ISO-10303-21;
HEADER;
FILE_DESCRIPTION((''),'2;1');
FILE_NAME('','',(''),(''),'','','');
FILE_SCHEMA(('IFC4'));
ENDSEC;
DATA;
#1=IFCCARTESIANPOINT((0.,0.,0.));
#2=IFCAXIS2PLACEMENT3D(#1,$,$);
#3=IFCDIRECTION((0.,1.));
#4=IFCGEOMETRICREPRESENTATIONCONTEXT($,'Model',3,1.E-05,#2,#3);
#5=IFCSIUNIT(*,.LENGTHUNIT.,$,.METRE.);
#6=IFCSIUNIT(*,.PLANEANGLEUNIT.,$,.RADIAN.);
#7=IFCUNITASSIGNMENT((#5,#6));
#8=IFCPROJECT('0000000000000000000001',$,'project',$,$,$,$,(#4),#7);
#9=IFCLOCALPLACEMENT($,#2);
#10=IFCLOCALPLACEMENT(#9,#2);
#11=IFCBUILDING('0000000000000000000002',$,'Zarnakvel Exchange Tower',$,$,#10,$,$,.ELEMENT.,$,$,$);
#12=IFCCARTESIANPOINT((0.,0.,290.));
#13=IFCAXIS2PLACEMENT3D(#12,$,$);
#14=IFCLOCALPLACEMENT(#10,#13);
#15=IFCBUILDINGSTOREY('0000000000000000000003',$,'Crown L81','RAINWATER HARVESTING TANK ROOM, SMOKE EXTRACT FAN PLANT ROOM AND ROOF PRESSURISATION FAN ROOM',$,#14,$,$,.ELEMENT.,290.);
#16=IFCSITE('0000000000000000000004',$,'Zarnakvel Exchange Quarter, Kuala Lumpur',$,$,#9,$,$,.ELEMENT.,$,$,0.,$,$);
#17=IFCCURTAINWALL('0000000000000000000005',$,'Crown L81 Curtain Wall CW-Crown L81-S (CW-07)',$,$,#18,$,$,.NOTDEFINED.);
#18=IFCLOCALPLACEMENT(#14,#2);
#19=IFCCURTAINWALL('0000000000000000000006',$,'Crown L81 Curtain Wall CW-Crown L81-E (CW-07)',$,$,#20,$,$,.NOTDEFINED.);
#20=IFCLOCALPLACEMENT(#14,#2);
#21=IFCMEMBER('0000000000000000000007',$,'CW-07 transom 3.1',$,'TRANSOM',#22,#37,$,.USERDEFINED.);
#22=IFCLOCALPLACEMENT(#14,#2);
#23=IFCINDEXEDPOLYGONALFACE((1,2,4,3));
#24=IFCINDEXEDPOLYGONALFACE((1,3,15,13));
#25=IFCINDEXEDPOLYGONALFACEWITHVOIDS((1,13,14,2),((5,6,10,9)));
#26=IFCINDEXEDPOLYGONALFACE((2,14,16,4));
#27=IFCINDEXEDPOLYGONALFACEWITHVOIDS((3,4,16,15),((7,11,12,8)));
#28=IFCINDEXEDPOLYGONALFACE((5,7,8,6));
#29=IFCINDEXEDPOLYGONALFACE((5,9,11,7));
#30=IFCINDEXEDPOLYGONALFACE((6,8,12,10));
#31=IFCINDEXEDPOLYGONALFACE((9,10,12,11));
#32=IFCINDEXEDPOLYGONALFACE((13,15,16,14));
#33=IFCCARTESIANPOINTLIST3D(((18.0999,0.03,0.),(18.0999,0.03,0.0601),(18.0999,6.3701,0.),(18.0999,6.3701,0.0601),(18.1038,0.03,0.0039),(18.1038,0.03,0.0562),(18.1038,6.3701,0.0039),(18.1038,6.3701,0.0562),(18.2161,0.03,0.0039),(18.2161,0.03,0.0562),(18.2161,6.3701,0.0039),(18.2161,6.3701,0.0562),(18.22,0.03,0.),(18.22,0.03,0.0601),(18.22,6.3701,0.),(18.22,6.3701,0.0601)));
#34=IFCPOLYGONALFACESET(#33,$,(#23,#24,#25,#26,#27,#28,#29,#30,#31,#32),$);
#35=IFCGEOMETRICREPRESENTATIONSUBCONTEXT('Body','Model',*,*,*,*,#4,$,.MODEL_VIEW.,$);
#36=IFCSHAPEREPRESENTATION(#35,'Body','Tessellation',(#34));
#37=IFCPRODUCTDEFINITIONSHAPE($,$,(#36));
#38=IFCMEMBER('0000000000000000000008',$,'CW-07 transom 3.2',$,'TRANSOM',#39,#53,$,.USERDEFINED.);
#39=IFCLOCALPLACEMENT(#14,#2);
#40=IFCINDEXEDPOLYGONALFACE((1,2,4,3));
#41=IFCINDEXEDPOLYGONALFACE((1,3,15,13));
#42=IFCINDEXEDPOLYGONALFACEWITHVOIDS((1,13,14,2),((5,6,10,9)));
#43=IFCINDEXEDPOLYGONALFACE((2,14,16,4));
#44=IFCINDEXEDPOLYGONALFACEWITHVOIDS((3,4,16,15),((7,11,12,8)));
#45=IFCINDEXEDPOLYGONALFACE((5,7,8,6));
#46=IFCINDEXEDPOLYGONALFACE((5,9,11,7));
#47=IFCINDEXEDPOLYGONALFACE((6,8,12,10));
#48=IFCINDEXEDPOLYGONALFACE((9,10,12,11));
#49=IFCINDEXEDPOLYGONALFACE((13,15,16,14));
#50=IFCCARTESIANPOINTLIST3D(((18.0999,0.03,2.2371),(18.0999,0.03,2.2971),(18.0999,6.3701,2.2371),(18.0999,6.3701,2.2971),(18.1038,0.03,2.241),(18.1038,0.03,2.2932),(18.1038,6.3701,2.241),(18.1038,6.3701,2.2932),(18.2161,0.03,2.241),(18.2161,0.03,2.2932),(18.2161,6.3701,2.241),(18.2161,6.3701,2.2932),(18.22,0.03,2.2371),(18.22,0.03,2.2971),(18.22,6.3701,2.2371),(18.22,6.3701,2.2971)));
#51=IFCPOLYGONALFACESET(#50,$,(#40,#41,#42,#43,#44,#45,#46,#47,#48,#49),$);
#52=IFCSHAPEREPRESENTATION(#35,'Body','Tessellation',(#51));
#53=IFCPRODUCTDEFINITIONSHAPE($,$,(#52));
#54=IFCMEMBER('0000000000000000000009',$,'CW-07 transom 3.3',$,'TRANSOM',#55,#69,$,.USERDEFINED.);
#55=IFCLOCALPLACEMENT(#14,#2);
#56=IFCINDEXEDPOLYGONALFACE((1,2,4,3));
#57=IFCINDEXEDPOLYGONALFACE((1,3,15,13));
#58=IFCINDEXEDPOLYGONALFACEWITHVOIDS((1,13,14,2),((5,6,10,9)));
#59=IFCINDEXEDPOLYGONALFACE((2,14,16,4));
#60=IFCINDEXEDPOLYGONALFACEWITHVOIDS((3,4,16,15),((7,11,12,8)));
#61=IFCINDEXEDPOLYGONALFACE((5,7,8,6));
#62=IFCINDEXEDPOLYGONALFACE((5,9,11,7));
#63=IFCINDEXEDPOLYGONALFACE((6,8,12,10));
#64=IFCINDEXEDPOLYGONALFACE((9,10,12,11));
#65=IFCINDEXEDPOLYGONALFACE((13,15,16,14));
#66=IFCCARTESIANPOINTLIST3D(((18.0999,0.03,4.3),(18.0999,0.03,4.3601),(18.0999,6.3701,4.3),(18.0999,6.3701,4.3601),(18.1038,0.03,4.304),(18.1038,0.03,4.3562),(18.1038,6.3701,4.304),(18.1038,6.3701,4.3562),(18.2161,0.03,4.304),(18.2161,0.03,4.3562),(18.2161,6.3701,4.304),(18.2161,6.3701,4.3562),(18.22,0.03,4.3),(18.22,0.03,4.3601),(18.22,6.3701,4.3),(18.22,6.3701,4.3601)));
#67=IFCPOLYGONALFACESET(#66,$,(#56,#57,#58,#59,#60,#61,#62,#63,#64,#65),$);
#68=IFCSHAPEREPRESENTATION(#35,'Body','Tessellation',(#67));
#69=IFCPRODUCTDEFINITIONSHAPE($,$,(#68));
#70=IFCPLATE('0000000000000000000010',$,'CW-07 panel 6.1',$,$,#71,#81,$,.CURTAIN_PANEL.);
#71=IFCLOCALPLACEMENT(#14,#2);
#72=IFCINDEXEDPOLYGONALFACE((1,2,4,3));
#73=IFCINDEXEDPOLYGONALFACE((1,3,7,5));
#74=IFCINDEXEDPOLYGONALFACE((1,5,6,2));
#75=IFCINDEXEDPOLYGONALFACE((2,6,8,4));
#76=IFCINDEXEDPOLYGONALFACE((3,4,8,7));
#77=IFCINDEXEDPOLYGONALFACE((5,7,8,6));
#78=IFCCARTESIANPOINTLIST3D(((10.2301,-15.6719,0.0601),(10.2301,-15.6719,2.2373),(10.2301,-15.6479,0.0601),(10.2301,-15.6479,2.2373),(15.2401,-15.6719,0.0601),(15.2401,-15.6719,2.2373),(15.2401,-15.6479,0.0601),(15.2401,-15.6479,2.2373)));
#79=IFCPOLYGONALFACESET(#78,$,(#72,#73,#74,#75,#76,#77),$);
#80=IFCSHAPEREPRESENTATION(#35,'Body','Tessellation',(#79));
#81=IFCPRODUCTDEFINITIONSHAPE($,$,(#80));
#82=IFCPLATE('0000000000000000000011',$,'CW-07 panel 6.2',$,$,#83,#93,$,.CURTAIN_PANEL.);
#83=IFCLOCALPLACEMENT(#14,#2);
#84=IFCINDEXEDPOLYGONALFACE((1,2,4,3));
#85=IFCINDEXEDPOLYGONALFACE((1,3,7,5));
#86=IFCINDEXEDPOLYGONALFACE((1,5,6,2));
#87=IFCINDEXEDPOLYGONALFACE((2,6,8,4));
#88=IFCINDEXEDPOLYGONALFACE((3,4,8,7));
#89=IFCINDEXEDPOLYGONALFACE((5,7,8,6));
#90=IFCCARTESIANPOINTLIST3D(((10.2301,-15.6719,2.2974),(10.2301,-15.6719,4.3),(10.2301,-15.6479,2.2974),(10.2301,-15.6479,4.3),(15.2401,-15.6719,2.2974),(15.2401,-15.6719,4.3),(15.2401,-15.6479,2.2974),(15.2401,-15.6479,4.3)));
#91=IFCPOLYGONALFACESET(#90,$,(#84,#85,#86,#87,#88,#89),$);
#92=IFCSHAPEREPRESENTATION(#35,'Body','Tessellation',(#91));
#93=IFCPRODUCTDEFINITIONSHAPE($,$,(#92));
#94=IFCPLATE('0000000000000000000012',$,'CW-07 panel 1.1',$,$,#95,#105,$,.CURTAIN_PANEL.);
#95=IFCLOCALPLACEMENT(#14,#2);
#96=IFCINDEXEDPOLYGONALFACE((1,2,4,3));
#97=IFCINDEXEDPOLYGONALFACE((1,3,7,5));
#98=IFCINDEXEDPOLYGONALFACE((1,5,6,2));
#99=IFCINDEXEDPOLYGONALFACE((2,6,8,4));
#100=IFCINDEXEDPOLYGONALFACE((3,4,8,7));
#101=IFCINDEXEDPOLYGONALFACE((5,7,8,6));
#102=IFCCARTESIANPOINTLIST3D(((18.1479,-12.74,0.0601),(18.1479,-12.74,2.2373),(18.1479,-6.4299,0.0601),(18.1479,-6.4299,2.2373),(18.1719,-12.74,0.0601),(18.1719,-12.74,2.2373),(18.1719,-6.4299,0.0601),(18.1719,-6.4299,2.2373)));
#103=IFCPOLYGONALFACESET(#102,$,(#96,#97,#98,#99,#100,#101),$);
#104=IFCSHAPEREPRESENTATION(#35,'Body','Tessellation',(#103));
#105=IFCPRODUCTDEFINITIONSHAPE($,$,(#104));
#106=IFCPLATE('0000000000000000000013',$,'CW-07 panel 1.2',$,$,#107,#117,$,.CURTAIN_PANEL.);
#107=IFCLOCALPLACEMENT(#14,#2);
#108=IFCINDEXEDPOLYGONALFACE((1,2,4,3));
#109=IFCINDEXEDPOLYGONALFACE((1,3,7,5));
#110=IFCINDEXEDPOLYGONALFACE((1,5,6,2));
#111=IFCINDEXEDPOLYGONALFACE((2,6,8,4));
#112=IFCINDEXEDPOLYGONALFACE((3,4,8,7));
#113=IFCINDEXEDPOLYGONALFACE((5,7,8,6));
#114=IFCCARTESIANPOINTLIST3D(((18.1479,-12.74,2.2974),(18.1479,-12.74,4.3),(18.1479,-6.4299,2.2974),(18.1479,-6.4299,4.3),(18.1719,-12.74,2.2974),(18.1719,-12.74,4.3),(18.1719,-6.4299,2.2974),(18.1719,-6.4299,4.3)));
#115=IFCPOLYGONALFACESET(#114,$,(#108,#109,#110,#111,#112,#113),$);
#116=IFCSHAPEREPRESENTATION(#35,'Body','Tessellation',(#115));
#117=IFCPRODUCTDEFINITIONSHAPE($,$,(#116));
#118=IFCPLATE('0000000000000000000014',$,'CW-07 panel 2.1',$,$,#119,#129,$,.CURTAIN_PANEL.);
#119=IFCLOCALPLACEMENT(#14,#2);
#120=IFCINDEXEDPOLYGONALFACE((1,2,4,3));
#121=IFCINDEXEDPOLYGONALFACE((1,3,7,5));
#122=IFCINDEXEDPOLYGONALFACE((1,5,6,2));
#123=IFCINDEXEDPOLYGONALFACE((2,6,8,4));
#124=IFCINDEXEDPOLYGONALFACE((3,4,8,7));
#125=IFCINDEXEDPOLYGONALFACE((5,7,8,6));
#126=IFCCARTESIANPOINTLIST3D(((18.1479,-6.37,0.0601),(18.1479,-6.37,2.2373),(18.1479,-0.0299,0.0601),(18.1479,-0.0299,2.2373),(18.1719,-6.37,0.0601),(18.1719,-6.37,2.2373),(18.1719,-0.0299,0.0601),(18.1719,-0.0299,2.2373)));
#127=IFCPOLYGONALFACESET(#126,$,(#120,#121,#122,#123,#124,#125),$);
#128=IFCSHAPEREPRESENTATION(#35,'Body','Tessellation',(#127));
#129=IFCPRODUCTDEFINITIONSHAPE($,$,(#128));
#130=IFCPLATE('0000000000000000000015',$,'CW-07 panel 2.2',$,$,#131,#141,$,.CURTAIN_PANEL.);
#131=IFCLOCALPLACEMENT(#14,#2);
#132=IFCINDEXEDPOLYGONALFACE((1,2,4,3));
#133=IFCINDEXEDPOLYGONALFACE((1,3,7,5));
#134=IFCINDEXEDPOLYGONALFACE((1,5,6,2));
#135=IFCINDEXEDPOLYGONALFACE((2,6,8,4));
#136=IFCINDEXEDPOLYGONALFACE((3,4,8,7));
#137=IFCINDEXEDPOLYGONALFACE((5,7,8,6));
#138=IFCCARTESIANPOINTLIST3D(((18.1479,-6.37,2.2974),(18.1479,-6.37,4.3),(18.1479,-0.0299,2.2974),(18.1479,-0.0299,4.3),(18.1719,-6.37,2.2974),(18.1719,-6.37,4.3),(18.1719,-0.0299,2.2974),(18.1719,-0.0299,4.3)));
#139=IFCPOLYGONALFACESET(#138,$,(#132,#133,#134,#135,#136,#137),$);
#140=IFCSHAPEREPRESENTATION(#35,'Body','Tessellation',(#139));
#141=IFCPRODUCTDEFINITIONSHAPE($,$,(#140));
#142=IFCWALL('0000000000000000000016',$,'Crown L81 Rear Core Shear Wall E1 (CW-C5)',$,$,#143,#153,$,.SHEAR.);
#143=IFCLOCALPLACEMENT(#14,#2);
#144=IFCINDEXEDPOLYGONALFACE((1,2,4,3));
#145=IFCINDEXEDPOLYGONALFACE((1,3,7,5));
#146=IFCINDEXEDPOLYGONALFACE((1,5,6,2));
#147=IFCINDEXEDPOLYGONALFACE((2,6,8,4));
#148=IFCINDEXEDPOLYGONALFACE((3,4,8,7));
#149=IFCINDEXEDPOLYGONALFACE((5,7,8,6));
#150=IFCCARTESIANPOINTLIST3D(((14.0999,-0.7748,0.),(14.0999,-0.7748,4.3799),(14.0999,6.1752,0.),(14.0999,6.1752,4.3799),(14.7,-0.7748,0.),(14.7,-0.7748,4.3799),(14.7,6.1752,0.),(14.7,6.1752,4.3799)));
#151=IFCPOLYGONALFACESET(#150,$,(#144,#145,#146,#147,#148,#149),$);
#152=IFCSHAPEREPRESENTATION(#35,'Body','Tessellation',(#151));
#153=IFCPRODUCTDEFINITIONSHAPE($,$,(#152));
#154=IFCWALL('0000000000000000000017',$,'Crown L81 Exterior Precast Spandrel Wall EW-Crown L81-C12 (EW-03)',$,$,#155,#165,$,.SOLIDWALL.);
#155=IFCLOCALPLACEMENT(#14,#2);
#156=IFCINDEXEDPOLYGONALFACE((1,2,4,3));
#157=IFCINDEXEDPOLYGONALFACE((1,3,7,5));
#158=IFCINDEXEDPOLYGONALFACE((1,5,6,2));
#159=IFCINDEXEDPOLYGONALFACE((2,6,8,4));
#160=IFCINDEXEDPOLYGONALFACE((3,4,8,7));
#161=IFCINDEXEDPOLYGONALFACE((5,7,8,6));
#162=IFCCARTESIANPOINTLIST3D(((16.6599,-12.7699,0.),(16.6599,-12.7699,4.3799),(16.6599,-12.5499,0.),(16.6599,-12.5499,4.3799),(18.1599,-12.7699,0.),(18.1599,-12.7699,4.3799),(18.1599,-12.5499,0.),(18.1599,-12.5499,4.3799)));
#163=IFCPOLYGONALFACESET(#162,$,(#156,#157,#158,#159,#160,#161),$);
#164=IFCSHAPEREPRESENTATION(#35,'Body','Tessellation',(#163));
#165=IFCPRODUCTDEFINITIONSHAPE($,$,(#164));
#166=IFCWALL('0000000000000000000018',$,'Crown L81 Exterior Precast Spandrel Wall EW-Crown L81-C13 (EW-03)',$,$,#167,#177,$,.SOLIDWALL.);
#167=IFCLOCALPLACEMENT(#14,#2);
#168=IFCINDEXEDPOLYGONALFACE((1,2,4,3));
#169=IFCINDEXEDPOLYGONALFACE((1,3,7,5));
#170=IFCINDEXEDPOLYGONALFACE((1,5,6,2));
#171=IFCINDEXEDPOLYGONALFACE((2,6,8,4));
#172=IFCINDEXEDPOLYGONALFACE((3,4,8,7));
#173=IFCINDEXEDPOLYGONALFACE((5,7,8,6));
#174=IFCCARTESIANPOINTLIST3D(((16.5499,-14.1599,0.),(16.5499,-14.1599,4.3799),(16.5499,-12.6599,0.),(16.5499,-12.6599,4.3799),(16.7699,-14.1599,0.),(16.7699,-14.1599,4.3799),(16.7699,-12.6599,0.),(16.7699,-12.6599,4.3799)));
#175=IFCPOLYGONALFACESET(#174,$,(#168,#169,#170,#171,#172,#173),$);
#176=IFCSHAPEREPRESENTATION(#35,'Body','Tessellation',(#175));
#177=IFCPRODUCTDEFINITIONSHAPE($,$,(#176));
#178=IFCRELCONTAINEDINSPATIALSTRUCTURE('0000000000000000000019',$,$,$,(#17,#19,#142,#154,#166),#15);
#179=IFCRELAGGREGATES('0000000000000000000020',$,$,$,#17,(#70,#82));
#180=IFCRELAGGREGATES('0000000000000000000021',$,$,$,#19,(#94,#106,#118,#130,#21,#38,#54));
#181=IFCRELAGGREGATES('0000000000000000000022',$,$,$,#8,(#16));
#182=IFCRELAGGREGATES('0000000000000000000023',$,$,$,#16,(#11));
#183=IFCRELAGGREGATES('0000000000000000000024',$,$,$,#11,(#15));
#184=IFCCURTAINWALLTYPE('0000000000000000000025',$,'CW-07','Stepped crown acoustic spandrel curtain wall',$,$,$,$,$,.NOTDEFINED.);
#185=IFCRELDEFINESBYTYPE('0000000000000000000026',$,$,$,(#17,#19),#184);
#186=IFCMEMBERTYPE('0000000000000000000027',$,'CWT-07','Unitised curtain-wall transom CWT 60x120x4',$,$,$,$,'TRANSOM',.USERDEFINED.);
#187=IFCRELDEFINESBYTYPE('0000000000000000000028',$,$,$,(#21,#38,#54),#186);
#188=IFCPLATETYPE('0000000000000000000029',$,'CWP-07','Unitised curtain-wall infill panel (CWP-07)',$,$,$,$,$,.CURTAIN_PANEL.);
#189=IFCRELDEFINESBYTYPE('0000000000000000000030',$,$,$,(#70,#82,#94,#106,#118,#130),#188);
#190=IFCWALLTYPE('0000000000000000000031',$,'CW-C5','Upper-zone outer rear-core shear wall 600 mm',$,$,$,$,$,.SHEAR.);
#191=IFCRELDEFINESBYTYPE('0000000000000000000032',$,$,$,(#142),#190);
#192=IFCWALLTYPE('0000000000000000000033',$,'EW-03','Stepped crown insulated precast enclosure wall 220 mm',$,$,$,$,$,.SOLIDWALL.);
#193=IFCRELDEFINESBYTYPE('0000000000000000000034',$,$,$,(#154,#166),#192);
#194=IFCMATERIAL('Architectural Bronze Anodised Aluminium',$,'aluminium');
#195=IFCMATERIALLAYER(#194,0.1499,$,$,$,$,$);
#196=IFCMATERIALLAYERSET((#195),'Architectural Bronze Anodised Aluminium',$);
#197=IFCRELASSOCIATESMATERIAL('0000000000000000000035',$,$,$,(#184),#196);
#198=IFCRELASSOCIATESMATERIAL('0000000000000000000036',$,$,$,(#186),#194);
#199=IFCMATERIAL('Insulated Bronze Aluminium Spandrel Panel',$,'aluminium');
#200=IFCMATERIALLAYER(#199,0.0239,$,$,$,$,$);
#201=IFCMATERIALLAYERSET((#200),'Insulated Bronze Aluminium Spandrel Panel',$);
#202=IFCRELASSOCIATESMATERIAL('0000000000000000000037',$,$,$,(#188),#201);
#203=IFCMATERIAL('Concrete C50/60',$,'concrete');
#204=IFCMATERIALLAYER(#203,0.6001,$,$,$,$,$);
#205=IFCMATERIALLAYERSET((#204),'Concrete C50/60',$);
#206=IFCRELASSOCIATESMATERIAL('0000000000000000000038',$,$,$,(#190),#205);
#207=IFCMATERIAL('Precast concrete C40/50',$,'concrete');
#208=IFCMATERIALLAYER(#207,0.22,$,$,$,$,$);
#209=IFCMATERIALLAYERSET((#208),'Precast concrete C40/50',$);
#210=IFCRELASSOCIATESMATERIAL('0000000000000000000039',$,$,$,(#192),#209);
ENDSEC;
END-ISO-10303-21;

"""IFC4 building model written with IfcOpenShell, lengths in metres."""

from ifc_helpers import new_model, si_unit, direction, frame, frame_2d, origin, origin_2d, place, context, subcontext, project, spatial, rectangle, hollow_rectangle, extrude, source, transform, mapped, material, layer, layer_set, material_profile, profile_set, type_object, element, aggregate, save


model = new_model("IFC4")

# Units and contexts
model_context = context("Model", 3, precision=1e-05, world=origin(), true_north=direction((0.0, 1.0)))
body_context = subcontext(model_context, "Body", "Model", "MODEL_VIEW")
ifc_project = project(units=[si_unit("LENGTHUNIT", "METRE"), si_unit("PLANEANGLEUNIT", "RADIAN")], contexts=[model_context])

# Site, building, storey
site_placement = place(None, origin())
site = spatial("IfcSite", under=ifc_project, at=site_placement, Name="Zarnakvel Exchange Quarter, Kuala Lumpur", CompositionType="ELEMENT", RefElevation=0.0)
building_placement = place(site_placement, origin())
building = spatial("IfcBuilding", under=site, at=building_placement, Name="Zarnakvel Exchange Tower", CompositionType="ELEMENT")
storey_placement = place(building_placement, frame((0.0, 0.0, 290.0)))
storey = spatial("IfcBuildingStorey", under=building, at=storey_placement, Name="Crown L81", Description="RAINWATER HARVESTING TANK ROOM, SMOKE EXTRACT FAN PLANT ROOM AND ROOF PRESSURISATION FAN ROOM", CompositionType="ELEMENT", Elevation=290.0)

# Shared definitions
ifc_material_1 = material(Name="Concrete C50/60", Category="concrete")

# Curtain wall
ifc_material_2 = material(Name="Architectural Bronze Anodised Aluminium", Category="aluminium")
ifc_layer_1 = layer(ifc_material_2, 0.1499)
ifc_layer_set_1 = layer_set([ifc_layer_1], Name="Architectural Bronze Anodised Aluminium")
curtain_wall_type = type_object("IfcCurtainWallType", Name="CW-07", Description="Stepped crown acoustic spandrel curtain wall", PredefinedType="NOTDEFINED", material=ifc_layer_set_1)
curtain_wall_1_placement = place(storey_placement, origin())
curtain_wall_1 = element("IfcCurtainWall", 1, at=curtain_wall_1_placement, inside=storey, type_object=curtain_wall_type, Name="Crown L81 Curtain Wall CW-Crown L81-S (CW-07)", PredefinedType="NOTDEFINED")

# Curtain wall, members
curtain_wall_2_placement = place(storey_placement, origin())
curtain_wall_2 = element("IfcCurtainWall", 2, at=curtain_wall_2_placement, inside=storey, type_object=curtain_wall_type, Name="Crown L81 Curtain Wall CW-Crown L81-E (CW-07)", PredefinedType="NOTDEFINED")
ifc_material_profile_1 = material_profile(ifc_material_2, hollow_rectangle(XDim=0.1201, YDim=0.0601, WallThickness=0.0039, at=origin_2d()))
ifc_profile_set_1 = profile_set([ifc_material_profile_1], Name="Architectural Bronze Anodised Aluminium")
member_type_1 = type_object("IfcMemberType", Name="CWT-07", Description="Unitised curtain-wall transom CWT 60x120x4", ElementType="TRANSOM", PredefinedType="USERDEFINED", material=ifc_profile_set_1)
shared_shape_1 = source(origin(), body_context, "Body", "SweptSolid", [
    extrude(hollow_rectangle(XDim=0.1201, YDim=0.0601, WallThickness=0.0039, at=origin_2d()), origin(), (0.0, 0.0, 1.0), 6.3401),
])
member_1_placement = place(storey_placement, frame((18.1599, 0.03, 0.03), z_axis=(0.0, 1.0, 0.0), x_axis=(-1.0, 0.0, 0.0)))
member_1 = element("IfcMember", 3, at=member_1_placement, type_object=member_type_1, Name="CW-07 transom 3.1", ObjectType="TRANSOM", PredefinedType="USERDEFINED", context=body_context, shape_type="MappedRepresentation", body=[
    mapped(shared_shape_1, transform((0.0, 0.0, 0.0), x_axis=(1.0, 0.0, 0.0), y_axis=(0.0, 1.0, 0.0), z_axis=(0.0, 0.0, 1.0), scale=1.0)),
])
member_2_placement = place(storey_placement, frame((18.1599, 0.03, 2.2671), z_axis=(0.0, 1.0, 0.0), x_axis=(-1.0, 0.0, 0.0)))
member_2 = element("IfcMember", 4, at=member_2_placement, type_object=member_type_1, Name="CW-07 transom 3.2", ObjectType="TRANSOM", PredefinedType="USERDEFINED", context=body_context, shape_type="MappedRepresentation", body=[
    mapped(shared_shape_1, transform((0.0, 0.0, 0.0), x_axis=(1.0, 0.0, 0.0), y_axis=(0.0, 1.0, 0.0), z_axis=(0.0, 0.0, 1.0), scale=1.0)),
])
member_3_placement = place(storey_placement, frame((18.1599, 0.03, 4.3301), z_axis=(0.0, 1.0, 0.0), x_axis=(-1.0, 0.0, 0.0)))
member_3 = element("IfcMember", 5, at=member_3_placement, type_object=member_type_1, Name="CW-07 transom 3.3", ObjectType="TRANSOM", PredefinedType="USERDEFINED", context=body_context, shape_type="MappedRepresentation", body=[
    mapped(shared_shape_1, transform((0.0, 0.0, 0.0), x_axis=(1.0, 0.0, 0.0), y_axis=(0.0, 1.0, 0.0), z_axis=(0.0, 0.0, 1.0), scale=1.0)),
])

# Plates
ifc_material_3 = material(Name="Insulated Bronze Aluminium Spandrel Panel", Category="aluminium")
ifc_layer_2 = layer(ifc_material_3, 0.0239)
ifc_layer_set_2 = layer_set([ifc_layer_2], Name="Insulated Bronze Aluminium Spandrel Panel")
plate_type = type_object("IfcPlateType", Name="CWP-07", Description="Unitised curtain-wall infill panel (CWP-07)", PredefinedType="CURTAIN_PANEL", material=ifc_layer_set_2)
shared_shape_2 = source(origin(), body_context, "Body", "SweptSolid", [
    extrude(rectangle(XDim=5.01, YDim=0.0239, at=origin_2d()), origin(), (0.0, 0.0, 1.0), 2.1772),
])
plate_1_placement = place(storey_placement, frame((12.7351, -15.6599, 0.0601), z_axis=(0.0, 0.0, 1.0), x_axis=(1.0, 0.0, 0.0)))
plate_1 = element("IfcPlate", 6, at=plate_1_placement, type_object=plate_type, Name="CW-07 panel 6.1", PredefinedType="CURTAIN_PANEL", context=body_context, shape_type="MappedRepresentation", body=[
    mapped(shared_shape_2, transform((0.0, 0.0, 0.0), x_axis=(1.0, 0.0, 0.0), y_axis=(0.0, 1.0, 0.0), z_axis=(0.0, 0.0, 1.0), scale=1.0)),
])
shared_shape_3 = source(origin(), body_context, "Body", "SweptSolid", [
    extrude(rectangle(XDim=5.01, YDim=0.0239, at=origin_2d()), origin(), (0.0, 0.0, 1.0), 2.0027),
])
plate_2_placement = place(storey_placement, frame((12.7351, -15.6599, 2.2974), z_axis=(0.0, 0.0, 1.0), x_axis=(1.0, 0.0, 0.0)))
plate_2 = element("IfcPlate", 7, at=plate_2_placement, type_object=plate_type, Name="CW-07 panel 6.2", PredefinedType="CURTAIN_PANEL", context=body_context, shape_type="MappedRepresentation", body=[
    mapped(shared_shape_3, transform((0.0, 0.0, 0.0), x_axis=(1.0, 0.0, 0.0), y_axis=(0.0, 1.0, 0.0), z_axis=(0.0, 0.0, 1.0), scale=1.0)),
])
aggregate(curtain_wall_1, [plate_1, plate_2])
shared_shape_4 = source(origin(), body_context, "Body", "SweptSolid", [
    extrude(rectangle(XDim=6.3101, YDim=0.0239, at=origin_2d()), origin(), (0.0, 0.0, 1.0), 2.1772),
])
plate_3_placement = place(storey_placement, frame((18.1599, -9.585, 0.0601), z_axis=(0.0, 0.0, 1.0), x_axis=(0.0, 1.0, 0.0)))
plate_3 = element("IfcPlate", 8, at=plate_3_placement, type_object=plate_type, Name="CW-07 panel 1.1", PredefinedType="CURTAIN_PANEL", context=body_context, shape_type="MappedRepresentation", body=[
    mapped(shared_shape_4, transform((0.0, 0.0, 0.0), x_axis=(1.0, 0.0, 0.0), y_axis=(0.0, 1.0, 0.0), z_axis=(0.0, 0.0, 1.0), scale=1.0)),
])
shared_shape_5 = source(origin(), body_context, "Body", "SweptSolid", [
    extrude(rectangle(XDim=6.3101, YDim=0.0239, at=origin_2d()), origin(), (0.0, 0.0, 1.0), 2.0027),
])
plate_4_placement = place(storey_placement, frame((18.1599, -9.585, 2.2974), z_axis=(0.0, 0.0, 1.0), x_axis=(0.0, 1.0, 0.0)))
plate_4 = element("IfcPlate", 9, at=plate_4_placement, type_object=plate_type, Name="CW-07 panel 1.2", PredefinedType="CURTAIN_PANEL", context=body_context, shape_type="MappedRepresentation", body=[
    mapped(shared_shape_5, transform((0.0, 0.0, 0.0), x_axis=(1.0, 0.0, 0.0), y_axis=(0.0, 1.0, 0.0), z_axis=(0.0, 0.0, 1.0), scale=1.0)),
])
shared_shape_6 = source(origin(), body_context, "Body", "SweptSolid", [
    extrude(rectangle(XDim=6.3401, YDim=0.0239, at=origin_2d()), origin(), (0.0, 0.0, 1.0), 2.1772),
])
plate_5_placement = place(storey_placement, frame((18.1599, -3.2, 0.0601), z_axis=(0.0, 0.0, 1.0), x_axis=(0.0, 1.0, 0.0)))
plate_5 = element("IfcPlate", 10, at=plate_5_placement, type_object=plate_type, Name="CW-07 panel 2.1", PredefinedType="CURTAIN_PANEL", context=body_context, shape_type="MappedRepresentation", body=[
    mapped(shared_shape_6, transform((0.0, 0.0, 0.0), x_axis=(1.0, 0.0, 0.0), y_axis=(0.0, 1.0, 0.0), z_axis=(0.0, 0.0, 1.0), scale=1.0)),
])
shared_shape_7 = source(origin(), body_context, "Body", "SweptSolid", [
    extrude(rectangle(XDim=6.3401, YDim=0.0239, at=origin_2d()), origin(), (0.0, 0.0, 1.0), 2.0027),
])
plate_6_placement = place(storey_placement, frame((18.1599, -3.2, 2.2974), z_axis=(0.0, 0.0, 1.0), x_axis=(0.0, 1.0, 0.0)))
plate_6 = element("IfcPlate", 11, at=plate_6_placement, type_object=plate_type, Name="CW-07 panel 2.2", PredefinedType="CURTAIN_PANEL", context=body_context, shape_type="MappedRepresentation", body=[
    mapped(shared_shape_7, transform((0.0, 0.0, 0.0), x_axis=(1.0, 0.0, 0.0), y_axis=(0.0, 1.0, 0.0), z_axis=(0.0, 0.0, 1.0), scale=1.0)),
])
aggregate(curtain_wall_2, [plate_3, plate_4, plate_5, plate_6, member_1, member_2, member_3])

# Wall
ifc_layer_3 = layer(ifc_material_1, 0.6001)
ifc_layer_set_3 = layer_set([ifc_layer_3], Name="Concrete C50/60")
wall_type_1 = type_object("IfcWallType", Name="CW-C5", Description="Upper-zone outer rear-core shear wall 600 mm", PredefinedType="SHEAR", material=ifc_layer_set_3)
wall_1_placement = place(storey_placement, frame((14.3999, -0.7749, 0.0), z_axis=(0.0, 0.0, 1.0), x_axis=(0.0, 1.0, 0.0)))
element("IfcWall", 12, at=wall_1_placement, inside=storey, type_object=wall_type_1, Name="Crown L81 Rear Core Shear Wall E1 (CW-C5)", PredefinedType="SHEAR", context=body_context, shape_type="SweptSolid", body=[
    extrude(rectangle(XDim=6.95, YDim=0.6001, at=frame_2d((3.4751, 0.0))), origin(), (0.0, 0.0, 1.0), 4.3799),
])

# Walls
ifc_material_4 = material(Name="Precast concrete C40/50", Category="concrete")
ifc_layer_4 = layer(ifc_material_4, 0.22)
ifc_layer_set_4 = layer_set([ifc_layer_4], Name="Precast concrete C40/50")
wall_type_2 = type_object("IfcWallType", Name="EW-03", Description="Stepped crown insulated precast enclosure wall 220 mm", PredefinedType="SOLIDWALL", material=ifc_layer_set_4)
for number, where, z_axis, x_axis, name in (
    (13, (16.6599, -12.6599, 0.0), (0.0, 0.0, 1.0), (1.0, 0.0, 0.0), "Crown L81 Exterior Precast Spandrel Wall EW-Crown L81-C12 (EW-03)"),
    (14, (16.6599, -14.1599, 0.0), (0.0, 0.0, 1.0), (0.0, 1.0, 0.0), "Crown L81 Exterior Precast Spandrel Wall EW-Crown L81-C13 (EW-03)"),
):
    element("IfcWall", number, at=place(storey_placement, frame(where, z_axis=z_axis, x_axis=x_axis)), inside=storey, type_object=wall_type_2, Name=name, PredefinedType="SOLIDWALL", context=body_context, shape_type="SweptSolid", body=[
        extrude(rectangle(XDim=1.5, YDim=0.22, at=frame_2d((0.75, 0.0))), origin(), (0.0, 0.0, 1.0), 4.3799),
    ])

save(model, "model.ifc")
